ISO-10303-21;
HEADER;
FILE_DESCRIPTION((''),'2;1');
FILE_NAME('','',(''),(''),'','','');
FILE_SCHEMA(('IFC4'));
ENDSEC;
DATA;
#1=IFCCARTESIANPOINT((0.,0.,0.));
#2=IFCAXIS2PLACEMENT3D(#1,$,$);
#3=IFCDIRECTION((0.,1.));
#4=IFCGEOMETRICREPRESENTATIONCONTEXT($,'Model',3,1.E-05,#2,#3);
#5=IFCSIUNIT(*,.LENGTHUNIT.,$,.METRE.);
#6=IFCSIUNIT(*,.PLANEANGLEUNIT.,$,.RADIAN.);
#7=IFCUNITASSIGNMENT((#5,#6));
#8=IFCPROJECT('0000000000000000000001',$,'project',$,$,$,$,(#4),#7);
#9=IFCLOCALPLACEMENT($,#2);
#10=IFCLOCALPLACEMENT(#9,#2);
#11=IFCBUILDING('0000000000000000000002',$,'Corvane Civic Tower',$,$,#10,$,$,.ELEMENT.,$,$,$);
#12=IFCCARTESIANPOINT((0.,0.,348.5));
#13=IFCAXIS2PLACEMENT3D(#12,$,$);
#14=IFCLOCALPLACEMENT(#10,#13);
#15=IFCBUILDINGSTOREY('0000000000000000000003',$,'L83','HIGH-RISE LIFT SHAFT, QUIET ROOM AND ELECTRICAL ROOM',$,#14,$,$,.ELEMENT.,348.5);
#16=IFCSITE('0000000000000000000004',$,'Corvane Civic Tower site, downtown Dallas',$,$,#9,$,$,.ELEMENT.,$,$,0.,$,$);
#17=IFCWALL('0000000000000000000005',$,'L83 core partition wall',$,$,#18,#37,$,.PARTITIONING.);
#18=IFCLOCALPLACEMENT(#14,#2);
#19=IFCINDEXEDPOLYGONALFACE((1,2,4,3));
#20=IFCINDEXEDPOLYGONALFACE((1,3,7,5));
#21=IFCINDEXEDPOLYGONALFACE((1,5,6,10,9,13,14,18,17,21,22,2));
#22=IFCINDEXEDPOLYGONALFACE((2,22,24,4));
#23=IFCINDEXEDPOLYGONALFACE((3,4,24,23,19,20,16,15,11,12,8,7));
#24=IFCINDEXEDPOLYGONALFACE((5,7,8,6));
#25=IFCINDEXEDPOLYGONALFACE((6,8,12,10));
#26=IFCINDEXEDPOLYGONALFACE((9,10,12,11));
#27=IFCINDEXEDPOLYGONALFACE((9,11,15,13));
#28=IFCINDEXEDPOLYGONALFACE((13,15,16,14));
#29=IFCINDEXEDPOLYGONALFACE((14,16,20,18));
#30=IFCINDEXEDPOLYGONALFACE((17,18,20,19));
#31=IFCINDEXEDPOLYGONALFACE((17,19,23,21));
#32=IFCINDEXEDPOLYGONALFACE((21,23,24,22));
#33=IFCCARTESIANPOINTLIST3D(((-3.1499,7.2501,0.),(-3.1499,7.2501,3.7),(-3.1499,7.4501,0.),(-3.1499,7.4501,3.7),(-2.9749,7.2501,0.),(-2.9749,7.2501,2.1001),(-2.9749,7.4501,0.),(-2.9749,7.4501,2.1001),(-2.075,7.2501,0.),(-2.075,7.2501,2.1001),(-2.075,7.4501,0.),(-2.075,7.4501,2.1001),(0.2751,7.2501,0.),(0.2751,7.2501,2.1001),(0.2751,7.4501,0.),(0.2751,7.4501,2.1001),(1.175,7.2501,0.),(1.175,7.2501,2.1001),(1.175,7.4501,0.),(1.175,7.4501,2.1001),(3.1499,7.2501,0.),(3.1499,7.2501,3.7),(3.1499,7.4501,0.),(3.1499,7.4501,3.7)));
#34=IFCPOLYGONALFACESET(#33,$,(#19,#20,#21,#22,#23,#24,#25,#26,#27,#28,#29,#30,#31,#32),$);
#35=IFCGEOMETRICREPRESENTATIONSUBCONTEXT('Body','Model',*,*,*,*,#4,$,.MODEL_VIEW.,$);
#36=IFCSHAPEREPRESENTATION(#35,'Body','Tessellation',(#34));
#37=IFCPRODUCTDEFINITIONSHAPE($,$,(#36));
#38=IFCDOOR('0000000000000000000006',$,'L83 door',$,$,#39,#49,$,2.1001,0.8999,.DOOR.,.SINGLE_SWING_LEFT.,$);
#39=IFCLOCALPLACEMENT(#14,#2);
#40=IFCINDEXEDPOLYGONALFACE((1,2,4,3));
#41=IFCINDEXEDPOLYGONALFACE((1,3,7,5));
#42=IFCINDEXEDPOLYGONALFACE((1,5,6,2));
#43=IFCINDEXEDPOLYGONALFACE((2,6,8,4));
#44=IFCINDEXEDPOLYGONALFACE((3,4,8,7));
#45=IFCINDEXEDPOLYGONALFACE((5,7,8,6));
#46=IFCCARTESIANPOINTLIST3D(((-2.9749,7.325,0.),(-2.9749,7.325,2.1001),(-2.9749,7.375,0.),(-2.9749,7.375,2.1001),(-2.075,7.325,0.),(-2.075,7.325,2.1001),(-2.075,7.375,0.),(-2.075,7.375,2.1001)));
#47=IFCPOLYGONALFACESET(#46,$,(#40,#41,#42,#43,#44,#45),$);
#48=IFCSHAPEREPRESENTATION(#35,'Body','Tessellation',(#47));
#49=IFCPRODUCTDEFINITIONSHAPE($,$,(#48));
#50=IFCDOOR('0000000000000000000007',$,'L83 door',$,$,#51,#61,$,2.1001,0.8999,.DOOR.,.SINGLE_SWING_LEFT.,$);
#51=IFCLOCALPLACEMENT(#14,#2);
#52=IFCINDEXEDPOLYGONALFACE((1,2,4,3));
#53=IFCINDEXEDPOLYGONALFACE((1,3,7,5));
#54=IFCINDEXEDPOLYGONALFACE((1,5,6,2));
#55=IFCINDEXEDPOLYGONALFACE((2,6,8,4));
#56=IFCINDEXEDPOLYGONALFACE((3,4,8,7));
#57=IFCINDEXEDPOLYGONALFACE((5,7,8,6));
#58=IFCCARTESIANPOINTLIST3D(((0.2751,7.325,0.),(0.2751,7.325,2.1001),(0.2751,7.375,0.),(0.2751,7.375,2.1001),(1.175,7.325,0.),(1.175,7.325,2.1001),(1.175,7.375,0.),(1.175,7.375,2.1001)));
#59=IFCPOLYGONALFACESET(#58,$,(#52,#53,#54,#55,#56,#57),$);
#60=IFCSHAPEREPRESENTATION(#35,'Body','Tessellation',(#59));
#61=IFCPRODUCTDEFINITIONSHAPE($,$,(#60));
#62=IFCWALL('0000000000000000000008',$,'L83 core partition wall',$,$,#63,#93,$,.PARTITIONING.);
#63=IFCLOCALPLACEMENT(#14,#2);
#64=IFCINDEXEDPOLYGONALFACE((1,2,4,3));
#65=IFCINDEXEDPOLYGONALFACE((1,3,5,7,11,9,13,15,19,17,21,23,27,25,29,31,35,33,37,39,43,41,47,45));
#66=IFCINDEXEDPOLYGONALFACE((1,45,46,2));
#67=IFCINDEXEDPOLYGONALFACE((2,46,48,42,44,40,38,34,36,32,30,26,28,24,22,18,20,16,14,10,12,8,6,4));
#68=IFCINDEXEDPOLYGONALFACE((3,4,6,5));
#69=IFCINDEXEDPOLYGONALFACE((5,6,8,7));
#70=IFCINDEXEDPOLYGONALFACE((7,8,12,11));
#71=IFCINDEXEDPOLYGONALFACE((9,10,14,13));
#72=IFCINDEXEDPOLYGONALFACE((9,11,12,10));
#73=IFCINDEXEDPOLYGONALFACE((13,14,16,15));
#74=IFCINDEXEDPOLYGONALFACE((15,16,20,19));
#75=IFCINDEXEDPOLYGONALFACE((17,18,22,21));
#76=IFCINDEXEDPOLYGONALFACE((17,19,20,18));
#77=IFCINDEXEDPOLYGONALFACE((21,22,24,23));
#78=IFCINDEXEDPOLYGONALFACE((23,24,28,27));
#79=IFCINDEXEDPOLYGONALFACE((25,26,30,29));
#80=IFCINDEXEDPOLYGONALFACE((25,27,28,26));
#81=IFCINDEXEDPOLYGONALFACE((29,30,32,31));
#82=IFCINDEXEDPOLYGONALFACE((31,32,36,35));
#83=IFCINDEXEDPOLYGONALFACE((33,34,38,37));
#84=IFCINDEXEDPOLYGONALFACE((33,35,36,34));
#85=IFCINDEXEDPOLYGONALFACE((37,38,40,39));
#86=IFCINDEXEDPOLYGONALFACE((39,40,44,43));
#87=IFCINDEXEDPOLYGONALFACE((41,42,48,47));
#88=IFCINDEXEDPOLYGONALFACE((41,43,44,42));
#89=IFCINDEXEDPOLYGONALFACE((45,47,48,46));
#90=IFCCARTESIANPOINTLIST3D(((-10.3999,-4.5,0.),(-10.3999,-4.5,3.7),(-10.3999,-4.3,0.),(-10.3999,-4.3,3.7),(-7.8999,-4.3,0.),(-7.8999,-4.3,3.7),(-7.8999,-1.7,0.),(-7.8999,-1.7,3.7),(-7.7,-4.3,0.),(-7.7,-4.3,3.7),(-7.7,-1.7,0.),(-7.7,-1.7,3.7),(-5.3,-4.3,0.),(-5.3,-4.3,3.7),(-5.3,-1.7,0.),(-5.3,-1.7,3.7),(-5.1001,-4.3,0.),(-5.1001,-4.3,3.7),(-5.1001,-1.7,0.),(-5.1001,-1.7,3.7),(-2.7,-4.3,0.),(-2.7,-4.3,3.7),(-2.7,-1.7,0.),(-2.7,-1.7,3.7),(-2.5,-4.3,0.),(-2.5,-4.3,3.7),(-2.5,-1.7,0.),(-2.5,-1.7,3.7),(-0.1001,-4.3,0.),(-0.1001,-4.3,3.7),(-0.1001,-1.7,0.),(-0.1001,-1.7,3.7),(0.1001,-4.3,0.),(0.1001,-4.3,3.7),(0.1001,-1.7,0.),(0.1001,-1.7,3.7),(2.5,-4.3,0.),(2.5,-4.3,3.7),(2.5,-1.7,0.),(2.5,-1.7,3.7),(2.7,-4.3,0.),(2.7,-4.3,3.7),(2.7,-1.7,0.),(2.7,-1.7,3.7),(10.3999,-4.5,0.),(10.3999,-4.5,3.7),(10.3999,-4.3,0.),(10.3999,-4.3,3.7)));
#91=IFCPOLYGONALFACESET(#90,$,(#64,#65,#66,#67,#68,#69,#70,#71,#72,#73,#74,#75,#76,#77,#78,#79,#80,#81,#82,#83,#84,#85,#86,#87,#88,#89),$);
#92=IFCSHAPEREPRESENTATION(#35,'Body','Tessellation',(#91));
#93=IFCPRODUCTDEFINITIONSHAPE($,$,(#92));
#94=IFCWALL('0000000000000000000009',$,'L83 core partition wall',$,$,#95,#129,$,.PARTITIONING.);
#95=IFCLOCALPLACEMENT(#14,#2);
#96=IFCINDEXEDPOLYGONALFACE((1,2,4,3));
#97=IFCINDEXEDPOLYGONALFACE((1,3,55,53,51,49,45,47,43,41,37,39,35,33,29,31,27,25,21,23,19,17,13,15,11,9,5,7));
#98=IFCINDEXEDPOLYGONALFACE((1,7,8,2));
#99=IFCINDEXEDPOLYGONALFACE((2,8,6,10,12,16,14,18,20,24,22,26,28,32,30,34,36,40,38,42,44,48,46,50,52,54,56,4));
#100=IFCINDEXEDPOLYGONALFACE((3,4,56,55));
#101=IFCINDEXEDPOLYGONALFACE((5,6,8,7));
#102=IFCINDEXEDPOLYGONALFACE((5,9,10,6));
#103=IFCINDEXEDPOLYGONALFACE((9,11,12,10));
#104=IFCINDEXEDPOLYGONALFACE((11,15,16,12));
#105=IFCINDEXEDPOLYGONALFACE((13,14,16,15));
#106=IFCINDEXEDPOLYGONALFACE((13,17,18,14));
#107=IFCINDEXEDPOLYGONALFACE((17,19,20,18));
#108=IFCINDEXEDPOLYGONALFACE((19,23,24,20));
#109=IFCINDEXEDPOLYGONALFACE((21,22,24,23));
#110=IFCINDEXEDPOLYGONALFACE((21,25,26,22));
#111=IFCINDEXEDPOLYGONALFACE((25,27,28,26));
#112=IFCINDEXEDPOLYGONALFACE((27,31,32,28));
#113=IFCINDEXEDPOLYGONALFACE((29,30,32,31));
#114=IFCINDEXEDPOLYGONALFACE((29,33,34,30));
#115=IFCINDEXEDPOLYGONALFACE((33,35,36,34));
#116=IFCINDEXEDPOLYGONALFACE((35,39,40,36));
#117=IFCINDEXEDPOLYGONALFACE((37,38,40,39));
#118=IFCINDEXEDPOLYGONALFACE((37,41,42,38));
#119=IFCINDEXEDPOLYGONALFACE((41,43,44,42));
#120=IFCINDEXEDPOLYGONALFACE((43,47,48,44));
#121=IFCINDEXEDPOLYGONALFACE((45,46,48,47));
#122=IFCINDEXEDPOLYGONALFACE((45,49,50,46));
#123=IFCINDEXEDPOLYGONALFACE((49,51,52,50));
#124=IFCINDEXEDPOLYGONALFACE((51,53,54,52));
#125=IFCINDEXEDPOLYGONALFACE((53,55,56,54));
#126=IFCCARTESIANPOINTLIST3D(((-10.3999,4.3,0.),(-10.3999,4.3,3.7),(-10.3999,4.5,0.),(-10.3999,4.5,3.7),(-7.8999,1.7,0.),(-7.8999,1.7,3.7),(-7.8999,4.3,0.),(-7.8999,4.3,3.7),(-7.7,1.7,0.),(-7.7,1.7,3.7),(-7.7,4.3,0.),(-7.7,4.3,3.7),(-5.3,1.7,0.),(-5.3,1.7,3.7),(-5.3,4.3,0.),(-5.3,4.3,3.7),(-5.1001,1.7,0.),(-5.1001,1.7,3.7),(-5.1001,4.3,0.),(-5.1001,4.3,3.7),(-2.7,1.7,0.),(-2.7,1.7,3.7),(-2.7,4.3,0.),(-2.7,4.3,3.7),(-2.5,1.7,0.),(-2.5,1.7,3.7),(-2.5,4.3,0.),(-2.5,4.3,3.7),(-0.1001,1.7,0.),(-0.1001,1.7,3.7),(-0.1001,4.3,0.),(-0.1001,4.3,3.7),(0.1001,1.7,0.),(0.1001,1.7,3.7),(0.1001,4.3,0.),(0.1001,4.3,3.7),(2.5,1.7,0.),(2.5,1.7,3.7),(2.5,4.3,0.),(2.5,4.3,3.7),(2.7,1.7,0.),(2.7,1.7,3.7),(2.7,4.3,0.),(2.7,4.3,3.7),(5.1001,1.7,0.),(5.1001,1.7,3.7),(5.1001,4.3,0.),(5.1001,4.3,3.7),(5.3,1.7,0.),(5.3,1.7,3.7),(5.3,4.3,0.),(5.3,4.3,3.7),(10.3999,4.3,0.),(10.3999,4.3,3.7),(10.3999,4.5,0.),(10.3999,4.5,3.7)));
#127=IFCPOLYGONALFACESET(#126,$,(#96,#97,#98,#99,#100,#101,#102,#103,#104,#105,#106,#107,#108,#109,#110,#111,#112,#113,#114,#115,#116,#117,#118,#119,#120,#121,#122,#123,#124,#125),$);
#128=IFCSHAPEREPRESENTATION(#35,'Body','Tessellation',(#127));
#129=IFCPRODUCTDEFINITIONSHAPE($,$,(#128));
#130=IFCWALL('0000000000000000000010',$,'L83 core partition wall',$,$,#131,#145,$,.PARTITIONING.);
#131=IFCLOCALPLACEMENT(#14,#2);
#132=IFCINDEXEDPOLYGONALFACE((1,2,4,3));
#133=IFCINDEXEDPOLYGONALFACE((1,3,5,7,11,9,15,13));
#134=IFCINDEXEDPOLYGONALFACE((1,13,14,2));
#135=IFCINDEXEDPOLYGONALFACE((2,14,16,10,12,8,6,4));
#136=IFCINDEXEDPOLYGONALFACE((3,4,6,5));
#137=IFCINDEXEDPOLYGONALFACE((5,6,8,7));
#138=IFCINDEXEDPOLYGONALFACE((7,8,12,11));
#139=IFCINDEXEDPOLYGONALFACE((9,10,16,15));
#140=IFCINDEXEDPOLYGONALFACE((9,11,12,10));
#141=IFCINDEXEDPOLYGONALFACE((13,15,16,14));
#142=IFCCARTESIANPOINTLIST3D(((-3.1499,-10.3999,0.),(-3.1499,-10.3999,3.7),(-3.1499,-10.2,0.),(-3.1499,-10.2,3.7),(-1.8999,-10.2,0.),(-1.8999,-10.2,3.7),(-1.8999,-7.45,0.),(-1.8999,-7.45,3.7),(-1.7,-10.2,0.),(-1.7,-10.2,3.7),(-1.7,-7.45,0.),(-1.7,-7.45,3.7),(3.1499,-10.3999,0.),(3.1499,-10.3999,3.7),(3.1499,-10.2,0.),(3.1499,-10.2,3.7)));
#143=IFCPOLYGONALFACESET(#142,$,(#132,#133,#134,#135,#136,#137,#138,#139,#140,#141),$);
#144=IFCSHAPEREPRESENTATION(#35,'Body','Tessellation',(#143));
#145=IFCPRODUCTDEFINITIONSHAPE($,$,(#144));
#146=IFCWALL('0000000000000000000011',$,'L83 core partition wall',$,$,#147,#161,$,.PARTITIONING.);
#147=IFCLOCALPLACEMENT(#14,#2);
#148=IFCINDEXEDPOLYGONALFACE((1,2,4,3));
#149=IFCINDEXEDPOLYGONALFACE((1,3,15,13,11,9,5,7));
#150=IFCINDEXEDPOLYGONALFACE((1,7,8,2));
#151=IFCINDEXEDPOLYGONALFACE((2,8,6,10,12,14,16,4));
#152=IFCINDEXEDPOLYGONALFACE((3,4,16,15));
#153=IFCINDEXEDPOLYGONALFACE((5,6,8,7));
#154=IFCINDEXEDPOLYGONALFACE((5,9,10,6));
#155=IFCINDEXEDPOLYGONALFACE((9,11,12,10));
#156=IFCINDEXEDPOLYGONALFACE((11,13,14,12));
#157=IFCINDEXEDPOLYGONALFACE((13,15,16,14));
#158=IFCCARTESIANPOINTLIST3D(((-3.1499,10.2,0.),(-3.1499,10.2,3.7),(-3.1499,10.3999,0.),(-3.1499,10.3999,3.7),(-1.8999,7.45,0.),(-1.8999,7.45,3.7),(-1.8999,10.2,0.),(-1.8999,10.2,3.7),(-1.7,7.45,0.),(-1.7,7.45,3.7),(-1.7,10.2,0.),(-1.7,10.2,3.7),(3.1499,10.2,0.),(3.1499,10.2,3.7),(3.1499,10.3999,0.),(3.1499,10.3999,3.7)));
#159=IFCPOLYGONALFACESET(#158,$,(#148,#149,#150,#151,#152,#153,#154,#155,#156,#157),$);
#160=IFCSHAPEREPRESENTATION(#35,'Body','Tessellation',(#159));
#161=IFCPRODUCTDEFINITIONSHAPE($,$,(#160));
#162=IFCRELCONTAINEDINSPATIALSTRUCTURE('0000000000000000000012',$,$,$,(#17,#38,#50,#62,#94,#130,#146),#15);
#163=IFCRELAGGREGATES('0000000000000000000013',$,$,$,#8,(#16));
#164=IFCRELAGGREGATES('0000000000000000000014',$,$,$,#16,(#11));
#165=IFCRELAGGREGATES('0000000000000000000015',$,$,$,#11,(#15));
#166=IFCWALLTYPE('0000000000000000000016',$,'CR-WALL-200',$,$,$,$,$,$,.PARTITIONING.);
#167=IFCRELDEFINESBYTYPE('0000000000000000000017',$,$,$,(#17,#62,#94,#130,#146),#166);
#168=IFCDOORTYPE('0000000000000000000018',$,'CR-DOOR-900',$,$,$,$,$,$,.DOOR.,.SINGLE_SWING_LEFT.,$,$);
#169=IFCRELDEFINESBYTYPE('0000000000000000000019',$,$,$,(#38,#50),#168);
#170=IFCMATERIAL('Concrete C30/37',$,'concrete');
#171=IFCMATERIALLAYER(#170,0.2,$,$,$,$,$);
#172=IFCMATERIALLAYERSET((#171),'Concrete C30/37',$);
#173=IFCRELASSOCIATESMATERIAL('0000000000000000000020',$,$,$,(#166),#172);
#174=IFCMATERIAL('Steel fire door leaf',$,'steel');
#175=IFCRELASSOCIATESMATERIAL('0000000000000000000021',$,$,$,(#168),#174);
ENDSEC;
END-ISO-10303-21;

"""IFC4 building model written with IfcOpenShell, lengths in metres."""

from ifc_helpers import new_model, si_unit, direction, frame, frame_2d, origin, place, context, subcontext, project, spatial, polyline, rectangle, outline, extrude, material, layer, layer_set, type_object, element, fill, save


model = new_model("IFC4")

# Units and contexts
model_context = context("Model", 3, precision=1e-05, world=origin(), true_north=direction((0.0, 1.0)))
body_context = subcontext(model_context, "Body", "Model", "MODEL_VIEW")
ifc_project = project(units=[si_unit("LENGTHUNIT", "METRE"), si_unit("PLANEANGLEUNIT", "RADIAN")], contexts=[model_context])

# Site, building, storey
site_placement = place(None, origin())
site = spatial("IfcSite", under=ifc_project, at=site_placement, Name="Corvane Civic Tower site, downtown Dallas", CompositionType="ELEMENT", RefElevation=0.0)
building_placement = place(site_placement, origin())
building = spatial("IfcBuilding", under=site, at=building_placement, Name="Corvane Civic Tower", CompositionType="ELEMENT")
storey_placement = place(building_placement, frame((0.0, 0.0, 348.5)))
storey = spatial("IfcBuildingStorey", under=building, at=storey_placement, Name="L83", Description="HIGH-RISE LIFT SHAFT, QUIET ROOM AND ELECTRICAL ROOM", CompositionType="ELEMENT", Elevation=348.5)

# Wall, openings, doors
ifc_material_1 = material(Name="Concrete C30/37", Category="concrete")
ifc_layer_1 = layer(ifc_material_1, 0.2)
ifc_layer_set_1 = layer_set([ifc_layer_1], Name="Concrete C30/37")
wall_type_1 = type_object("IfcWallType", Name="CR-WALL-200", PredefinedType="PARTITIONING", material=ifc_layer_set_1)
ifc_material_2 = material(Name="Steel fire door leaf", Category="steel")
door_type_1 = type_object("IfcDoorType", Name="CR-DOOR-900", OperationType="SINGLE_SWING_LEFT", PredefinedType="DOOR", material=ifc_material_2)
wall_1_placement = place(storey_placement, frame((-3.1499, 7.3501, 0.0), z_axis=(0.0, 0.0, 1.0), x_axis=(1.0, 0.0, 0.0)))
wall_1 = element("IfcWall", 1, at=wall_1_placement, inside=storey, type_object=wall_type_1, Name="L83 core partition wall", PredefinedType="PARTITIONING", context=body_context, shape_type="SweptSolid", body=[
    extrude(rectangle(XDim=6.2998, YDim=0.2, at=frame_2d((3.1499, 0.0))), origin(), (0.0, 0.0, 1.0), 3.7),
])
opening_1_placement = place(wall_1_placement, frame((0.175, 0.0, 0.0)))
opening_1 = element("IfcOpeningElement", 2, at=opening_1_placement, cuts=wall_1, PredefinedType="OPENING", context=body_context, shape_type="SweptSolid", body=[
    extrude(rectangle(XDim=0.8999, YDim=2.1001, at=frame_2d((0.45, 1.05))), frame((0.0, 0.1099, 0.0), z_axis=(0.0, -1.0, 0.0), x_axis=(1.0, 0.0, 0.0)), (0.0, 0.0, 1.0), 0.22),
])
opening_2_placement = place(wall_1_placement, frame((3.425, 0.0, 0.0)))
opening_2 = element("IfcOpeningElement", 3, at=opening_2_placement, cuts=wall_1, PredefinedType="OPENING", context=body_context, shape_type="SweptSolid", body=[
    extrude(rectangle(XDim=0.8999, YDim=2.1001, at=frame_2d((0.45, 1.05))), frame((0.0, 0.1099, 0.0), z_axis=(0.0, -1.0, 0.0), x_axis=(1.0, 0.0, 0.0)), (0.0, 0.0, 1.0), 0.22),
])
door_1_placement = place(opening_1_placement, origin())
door_1 = element("IfcDoor", 4, at=door_1_placement, inside=storey, type_object=door_type_1, Name="L83 door", OperationType="SINGLE_SWING_LEFT", OverallHeight=2.1001, OverallWidth=0.8999, PredefinedType="DOOR", context=body_context, shape_type="SweptSolid", body=[
    extrude(rectangle(XDim=0.8999, YDim=2.1001, at=frame_2d((0.45, 1.05))), frame((0.0, 0.0249, 0.0), z_axis=(0.0, -1.0, 0.0), x_axis=(1.0, 0.0, 0.0)), (0.0, 0.0, 1.0), 0.05),
])
fill(opening_1, door_1)
door_2_placement = place(opening_2_placement, origin())
door_2 = element("IfcDoor", 5, at=door_2_placement, inside=storey, type_object=door_type_1, Name="L83 door", OperationType="SINGLE_SWING_LEFT", OverallHeight=2.1001, OverallWidth=0.8999, PredefinedType="DOOR", context=body_context, shape_type="SweptSolid", body=[
    extrude(rectangle(XDim=0.8999, YDim=2.1001, at=frame_2d((0.45, 1.05))), frame((0.0, 0.0249, 0.0), z_axis=(0.0, -1.0, 0.0), x_axis=(1.0, 0.0, 0.0)), (0.0, 0.0, 1.0), 0.05),
])
fill(opening_2, door_2)

# Walls
wall_2_placement = place(storey_placement, origin())
element("IfcWall", 6, at=wall_2_placement, inside=storey, type_object=wall_type_1, Name="L83 core partition wall", PredefinedType="PARTITIONING", context=body_context, shape_type="SweptSolid", body=[
    extrude(outline(polyline([(-7.8999, -1.7), (-7.7, -1.7), (-7.7, -4.3), (-5.3, -4.3), (-5.3, -1.7), (-5.1001, -1.7), (-5.1001, -4.3), (-2.7, -4.3), (-2.7, -1.7), (-2.5, -1.7), (-2.5, -4.3), (-0.1001, -4.3), (-0.1001, -1.7), (0.1001, -1.7), (0.1001, -4.3), (2.5, -4.3), (2.5, -1.7), (2.7, -1.7), (2.7, -4.3), (10.3999, -4.3), (10.3999, -4.5), (-10.3999, -4.5), (-10.3999, -4.3), (-7.8999, -4.3), (-7.8999, -1.7)])), origin(), (0.0, 0.0, 1.0), 3.7),
])
wall_3_placement = place(storey_placement, origin())
element("IfcWall", 7, at=wall_3_placement, inside=storey, type_object=wall_type_1, Name="L83 core partition wall", PredefinedType="PARTITIONING", context=body_context, shape_type="SweptSolid", body=[
    extrude(outline(polyline([(-7.7, 1.7), (-7.8999, 1.7), (-7.8999, 4.3), (-10.3999, 4.3), (-10.3999, 4.5), (10.3999, 4.5), (10.3999, 4.3), (5.3, 4.3), (5.3, 1.7), (5.1001, 1.7), (5.1001, 4.3), (2.7, 4.3), (2.7, 1.7), (2.5, 1.7), (2.5, 4.3), (0.1001, 4.3), (0.1001, 1.7), (-0.1001, 1.7), (-0.1001, 4.3), (-2.5, 4.3), (-2.5, 1.7), (-2.7, 1.7), (-2.7, 4.3), (-5.1001, 4.3), (-5.1001, 1.7), (-5.3, 1.7), (-5.3, 4.3), (-7.7, 4.3), (-7.7, 1.7)])), origin(), (0.0, 0.0, 1.0), 3.7),
])
wall_4_placement = place(storey_placement, origin())
element("IfcWall", 8, at=wall_4_placement, inside=storey, type_object=wall_type_1, Name="L83 core partition wall", PredefinedType="PARTITIONING", context=body_context, shape_type="SweptSolid", body=[
    extrude(outline(polyline([(-1.8999, -7.45), (-1.7, -7.45), (-1.7, -10.2), (3.1499, -10.2), (3.1499, -10.3999), (-3.1499, -10.3999), (-3.1499, -10.2), (-1.8999, -10.2), (-1.8999, -7.45)])), origin(), (0.0, 0.0, 1.0), 3.7),
])
wall_5_placement = place(storey_placement, origin())
element("IfcWall", 9, at=wall_5_placement, inside=storey, type_object=wall_type_1, Name="L83 core partition wall", PredefinedType="PARTITIONING", context=body_context, shape_type="SweptSolid", body=[
    extrude(outline(polyline([(-1.7, 7.45), (-1.8999, 7.45), (-1.8999, 10.2), (-3.1499, 10.2), (-3.1499, 10.3999), (3.1499, 10.3999), (3.1499, 10.2), (-1.7, 10.2), (-1.7, 7.45)])), origin(), (0.0, 0.0, 1.0), 3.7),
])

save(model, "model.ifc")
